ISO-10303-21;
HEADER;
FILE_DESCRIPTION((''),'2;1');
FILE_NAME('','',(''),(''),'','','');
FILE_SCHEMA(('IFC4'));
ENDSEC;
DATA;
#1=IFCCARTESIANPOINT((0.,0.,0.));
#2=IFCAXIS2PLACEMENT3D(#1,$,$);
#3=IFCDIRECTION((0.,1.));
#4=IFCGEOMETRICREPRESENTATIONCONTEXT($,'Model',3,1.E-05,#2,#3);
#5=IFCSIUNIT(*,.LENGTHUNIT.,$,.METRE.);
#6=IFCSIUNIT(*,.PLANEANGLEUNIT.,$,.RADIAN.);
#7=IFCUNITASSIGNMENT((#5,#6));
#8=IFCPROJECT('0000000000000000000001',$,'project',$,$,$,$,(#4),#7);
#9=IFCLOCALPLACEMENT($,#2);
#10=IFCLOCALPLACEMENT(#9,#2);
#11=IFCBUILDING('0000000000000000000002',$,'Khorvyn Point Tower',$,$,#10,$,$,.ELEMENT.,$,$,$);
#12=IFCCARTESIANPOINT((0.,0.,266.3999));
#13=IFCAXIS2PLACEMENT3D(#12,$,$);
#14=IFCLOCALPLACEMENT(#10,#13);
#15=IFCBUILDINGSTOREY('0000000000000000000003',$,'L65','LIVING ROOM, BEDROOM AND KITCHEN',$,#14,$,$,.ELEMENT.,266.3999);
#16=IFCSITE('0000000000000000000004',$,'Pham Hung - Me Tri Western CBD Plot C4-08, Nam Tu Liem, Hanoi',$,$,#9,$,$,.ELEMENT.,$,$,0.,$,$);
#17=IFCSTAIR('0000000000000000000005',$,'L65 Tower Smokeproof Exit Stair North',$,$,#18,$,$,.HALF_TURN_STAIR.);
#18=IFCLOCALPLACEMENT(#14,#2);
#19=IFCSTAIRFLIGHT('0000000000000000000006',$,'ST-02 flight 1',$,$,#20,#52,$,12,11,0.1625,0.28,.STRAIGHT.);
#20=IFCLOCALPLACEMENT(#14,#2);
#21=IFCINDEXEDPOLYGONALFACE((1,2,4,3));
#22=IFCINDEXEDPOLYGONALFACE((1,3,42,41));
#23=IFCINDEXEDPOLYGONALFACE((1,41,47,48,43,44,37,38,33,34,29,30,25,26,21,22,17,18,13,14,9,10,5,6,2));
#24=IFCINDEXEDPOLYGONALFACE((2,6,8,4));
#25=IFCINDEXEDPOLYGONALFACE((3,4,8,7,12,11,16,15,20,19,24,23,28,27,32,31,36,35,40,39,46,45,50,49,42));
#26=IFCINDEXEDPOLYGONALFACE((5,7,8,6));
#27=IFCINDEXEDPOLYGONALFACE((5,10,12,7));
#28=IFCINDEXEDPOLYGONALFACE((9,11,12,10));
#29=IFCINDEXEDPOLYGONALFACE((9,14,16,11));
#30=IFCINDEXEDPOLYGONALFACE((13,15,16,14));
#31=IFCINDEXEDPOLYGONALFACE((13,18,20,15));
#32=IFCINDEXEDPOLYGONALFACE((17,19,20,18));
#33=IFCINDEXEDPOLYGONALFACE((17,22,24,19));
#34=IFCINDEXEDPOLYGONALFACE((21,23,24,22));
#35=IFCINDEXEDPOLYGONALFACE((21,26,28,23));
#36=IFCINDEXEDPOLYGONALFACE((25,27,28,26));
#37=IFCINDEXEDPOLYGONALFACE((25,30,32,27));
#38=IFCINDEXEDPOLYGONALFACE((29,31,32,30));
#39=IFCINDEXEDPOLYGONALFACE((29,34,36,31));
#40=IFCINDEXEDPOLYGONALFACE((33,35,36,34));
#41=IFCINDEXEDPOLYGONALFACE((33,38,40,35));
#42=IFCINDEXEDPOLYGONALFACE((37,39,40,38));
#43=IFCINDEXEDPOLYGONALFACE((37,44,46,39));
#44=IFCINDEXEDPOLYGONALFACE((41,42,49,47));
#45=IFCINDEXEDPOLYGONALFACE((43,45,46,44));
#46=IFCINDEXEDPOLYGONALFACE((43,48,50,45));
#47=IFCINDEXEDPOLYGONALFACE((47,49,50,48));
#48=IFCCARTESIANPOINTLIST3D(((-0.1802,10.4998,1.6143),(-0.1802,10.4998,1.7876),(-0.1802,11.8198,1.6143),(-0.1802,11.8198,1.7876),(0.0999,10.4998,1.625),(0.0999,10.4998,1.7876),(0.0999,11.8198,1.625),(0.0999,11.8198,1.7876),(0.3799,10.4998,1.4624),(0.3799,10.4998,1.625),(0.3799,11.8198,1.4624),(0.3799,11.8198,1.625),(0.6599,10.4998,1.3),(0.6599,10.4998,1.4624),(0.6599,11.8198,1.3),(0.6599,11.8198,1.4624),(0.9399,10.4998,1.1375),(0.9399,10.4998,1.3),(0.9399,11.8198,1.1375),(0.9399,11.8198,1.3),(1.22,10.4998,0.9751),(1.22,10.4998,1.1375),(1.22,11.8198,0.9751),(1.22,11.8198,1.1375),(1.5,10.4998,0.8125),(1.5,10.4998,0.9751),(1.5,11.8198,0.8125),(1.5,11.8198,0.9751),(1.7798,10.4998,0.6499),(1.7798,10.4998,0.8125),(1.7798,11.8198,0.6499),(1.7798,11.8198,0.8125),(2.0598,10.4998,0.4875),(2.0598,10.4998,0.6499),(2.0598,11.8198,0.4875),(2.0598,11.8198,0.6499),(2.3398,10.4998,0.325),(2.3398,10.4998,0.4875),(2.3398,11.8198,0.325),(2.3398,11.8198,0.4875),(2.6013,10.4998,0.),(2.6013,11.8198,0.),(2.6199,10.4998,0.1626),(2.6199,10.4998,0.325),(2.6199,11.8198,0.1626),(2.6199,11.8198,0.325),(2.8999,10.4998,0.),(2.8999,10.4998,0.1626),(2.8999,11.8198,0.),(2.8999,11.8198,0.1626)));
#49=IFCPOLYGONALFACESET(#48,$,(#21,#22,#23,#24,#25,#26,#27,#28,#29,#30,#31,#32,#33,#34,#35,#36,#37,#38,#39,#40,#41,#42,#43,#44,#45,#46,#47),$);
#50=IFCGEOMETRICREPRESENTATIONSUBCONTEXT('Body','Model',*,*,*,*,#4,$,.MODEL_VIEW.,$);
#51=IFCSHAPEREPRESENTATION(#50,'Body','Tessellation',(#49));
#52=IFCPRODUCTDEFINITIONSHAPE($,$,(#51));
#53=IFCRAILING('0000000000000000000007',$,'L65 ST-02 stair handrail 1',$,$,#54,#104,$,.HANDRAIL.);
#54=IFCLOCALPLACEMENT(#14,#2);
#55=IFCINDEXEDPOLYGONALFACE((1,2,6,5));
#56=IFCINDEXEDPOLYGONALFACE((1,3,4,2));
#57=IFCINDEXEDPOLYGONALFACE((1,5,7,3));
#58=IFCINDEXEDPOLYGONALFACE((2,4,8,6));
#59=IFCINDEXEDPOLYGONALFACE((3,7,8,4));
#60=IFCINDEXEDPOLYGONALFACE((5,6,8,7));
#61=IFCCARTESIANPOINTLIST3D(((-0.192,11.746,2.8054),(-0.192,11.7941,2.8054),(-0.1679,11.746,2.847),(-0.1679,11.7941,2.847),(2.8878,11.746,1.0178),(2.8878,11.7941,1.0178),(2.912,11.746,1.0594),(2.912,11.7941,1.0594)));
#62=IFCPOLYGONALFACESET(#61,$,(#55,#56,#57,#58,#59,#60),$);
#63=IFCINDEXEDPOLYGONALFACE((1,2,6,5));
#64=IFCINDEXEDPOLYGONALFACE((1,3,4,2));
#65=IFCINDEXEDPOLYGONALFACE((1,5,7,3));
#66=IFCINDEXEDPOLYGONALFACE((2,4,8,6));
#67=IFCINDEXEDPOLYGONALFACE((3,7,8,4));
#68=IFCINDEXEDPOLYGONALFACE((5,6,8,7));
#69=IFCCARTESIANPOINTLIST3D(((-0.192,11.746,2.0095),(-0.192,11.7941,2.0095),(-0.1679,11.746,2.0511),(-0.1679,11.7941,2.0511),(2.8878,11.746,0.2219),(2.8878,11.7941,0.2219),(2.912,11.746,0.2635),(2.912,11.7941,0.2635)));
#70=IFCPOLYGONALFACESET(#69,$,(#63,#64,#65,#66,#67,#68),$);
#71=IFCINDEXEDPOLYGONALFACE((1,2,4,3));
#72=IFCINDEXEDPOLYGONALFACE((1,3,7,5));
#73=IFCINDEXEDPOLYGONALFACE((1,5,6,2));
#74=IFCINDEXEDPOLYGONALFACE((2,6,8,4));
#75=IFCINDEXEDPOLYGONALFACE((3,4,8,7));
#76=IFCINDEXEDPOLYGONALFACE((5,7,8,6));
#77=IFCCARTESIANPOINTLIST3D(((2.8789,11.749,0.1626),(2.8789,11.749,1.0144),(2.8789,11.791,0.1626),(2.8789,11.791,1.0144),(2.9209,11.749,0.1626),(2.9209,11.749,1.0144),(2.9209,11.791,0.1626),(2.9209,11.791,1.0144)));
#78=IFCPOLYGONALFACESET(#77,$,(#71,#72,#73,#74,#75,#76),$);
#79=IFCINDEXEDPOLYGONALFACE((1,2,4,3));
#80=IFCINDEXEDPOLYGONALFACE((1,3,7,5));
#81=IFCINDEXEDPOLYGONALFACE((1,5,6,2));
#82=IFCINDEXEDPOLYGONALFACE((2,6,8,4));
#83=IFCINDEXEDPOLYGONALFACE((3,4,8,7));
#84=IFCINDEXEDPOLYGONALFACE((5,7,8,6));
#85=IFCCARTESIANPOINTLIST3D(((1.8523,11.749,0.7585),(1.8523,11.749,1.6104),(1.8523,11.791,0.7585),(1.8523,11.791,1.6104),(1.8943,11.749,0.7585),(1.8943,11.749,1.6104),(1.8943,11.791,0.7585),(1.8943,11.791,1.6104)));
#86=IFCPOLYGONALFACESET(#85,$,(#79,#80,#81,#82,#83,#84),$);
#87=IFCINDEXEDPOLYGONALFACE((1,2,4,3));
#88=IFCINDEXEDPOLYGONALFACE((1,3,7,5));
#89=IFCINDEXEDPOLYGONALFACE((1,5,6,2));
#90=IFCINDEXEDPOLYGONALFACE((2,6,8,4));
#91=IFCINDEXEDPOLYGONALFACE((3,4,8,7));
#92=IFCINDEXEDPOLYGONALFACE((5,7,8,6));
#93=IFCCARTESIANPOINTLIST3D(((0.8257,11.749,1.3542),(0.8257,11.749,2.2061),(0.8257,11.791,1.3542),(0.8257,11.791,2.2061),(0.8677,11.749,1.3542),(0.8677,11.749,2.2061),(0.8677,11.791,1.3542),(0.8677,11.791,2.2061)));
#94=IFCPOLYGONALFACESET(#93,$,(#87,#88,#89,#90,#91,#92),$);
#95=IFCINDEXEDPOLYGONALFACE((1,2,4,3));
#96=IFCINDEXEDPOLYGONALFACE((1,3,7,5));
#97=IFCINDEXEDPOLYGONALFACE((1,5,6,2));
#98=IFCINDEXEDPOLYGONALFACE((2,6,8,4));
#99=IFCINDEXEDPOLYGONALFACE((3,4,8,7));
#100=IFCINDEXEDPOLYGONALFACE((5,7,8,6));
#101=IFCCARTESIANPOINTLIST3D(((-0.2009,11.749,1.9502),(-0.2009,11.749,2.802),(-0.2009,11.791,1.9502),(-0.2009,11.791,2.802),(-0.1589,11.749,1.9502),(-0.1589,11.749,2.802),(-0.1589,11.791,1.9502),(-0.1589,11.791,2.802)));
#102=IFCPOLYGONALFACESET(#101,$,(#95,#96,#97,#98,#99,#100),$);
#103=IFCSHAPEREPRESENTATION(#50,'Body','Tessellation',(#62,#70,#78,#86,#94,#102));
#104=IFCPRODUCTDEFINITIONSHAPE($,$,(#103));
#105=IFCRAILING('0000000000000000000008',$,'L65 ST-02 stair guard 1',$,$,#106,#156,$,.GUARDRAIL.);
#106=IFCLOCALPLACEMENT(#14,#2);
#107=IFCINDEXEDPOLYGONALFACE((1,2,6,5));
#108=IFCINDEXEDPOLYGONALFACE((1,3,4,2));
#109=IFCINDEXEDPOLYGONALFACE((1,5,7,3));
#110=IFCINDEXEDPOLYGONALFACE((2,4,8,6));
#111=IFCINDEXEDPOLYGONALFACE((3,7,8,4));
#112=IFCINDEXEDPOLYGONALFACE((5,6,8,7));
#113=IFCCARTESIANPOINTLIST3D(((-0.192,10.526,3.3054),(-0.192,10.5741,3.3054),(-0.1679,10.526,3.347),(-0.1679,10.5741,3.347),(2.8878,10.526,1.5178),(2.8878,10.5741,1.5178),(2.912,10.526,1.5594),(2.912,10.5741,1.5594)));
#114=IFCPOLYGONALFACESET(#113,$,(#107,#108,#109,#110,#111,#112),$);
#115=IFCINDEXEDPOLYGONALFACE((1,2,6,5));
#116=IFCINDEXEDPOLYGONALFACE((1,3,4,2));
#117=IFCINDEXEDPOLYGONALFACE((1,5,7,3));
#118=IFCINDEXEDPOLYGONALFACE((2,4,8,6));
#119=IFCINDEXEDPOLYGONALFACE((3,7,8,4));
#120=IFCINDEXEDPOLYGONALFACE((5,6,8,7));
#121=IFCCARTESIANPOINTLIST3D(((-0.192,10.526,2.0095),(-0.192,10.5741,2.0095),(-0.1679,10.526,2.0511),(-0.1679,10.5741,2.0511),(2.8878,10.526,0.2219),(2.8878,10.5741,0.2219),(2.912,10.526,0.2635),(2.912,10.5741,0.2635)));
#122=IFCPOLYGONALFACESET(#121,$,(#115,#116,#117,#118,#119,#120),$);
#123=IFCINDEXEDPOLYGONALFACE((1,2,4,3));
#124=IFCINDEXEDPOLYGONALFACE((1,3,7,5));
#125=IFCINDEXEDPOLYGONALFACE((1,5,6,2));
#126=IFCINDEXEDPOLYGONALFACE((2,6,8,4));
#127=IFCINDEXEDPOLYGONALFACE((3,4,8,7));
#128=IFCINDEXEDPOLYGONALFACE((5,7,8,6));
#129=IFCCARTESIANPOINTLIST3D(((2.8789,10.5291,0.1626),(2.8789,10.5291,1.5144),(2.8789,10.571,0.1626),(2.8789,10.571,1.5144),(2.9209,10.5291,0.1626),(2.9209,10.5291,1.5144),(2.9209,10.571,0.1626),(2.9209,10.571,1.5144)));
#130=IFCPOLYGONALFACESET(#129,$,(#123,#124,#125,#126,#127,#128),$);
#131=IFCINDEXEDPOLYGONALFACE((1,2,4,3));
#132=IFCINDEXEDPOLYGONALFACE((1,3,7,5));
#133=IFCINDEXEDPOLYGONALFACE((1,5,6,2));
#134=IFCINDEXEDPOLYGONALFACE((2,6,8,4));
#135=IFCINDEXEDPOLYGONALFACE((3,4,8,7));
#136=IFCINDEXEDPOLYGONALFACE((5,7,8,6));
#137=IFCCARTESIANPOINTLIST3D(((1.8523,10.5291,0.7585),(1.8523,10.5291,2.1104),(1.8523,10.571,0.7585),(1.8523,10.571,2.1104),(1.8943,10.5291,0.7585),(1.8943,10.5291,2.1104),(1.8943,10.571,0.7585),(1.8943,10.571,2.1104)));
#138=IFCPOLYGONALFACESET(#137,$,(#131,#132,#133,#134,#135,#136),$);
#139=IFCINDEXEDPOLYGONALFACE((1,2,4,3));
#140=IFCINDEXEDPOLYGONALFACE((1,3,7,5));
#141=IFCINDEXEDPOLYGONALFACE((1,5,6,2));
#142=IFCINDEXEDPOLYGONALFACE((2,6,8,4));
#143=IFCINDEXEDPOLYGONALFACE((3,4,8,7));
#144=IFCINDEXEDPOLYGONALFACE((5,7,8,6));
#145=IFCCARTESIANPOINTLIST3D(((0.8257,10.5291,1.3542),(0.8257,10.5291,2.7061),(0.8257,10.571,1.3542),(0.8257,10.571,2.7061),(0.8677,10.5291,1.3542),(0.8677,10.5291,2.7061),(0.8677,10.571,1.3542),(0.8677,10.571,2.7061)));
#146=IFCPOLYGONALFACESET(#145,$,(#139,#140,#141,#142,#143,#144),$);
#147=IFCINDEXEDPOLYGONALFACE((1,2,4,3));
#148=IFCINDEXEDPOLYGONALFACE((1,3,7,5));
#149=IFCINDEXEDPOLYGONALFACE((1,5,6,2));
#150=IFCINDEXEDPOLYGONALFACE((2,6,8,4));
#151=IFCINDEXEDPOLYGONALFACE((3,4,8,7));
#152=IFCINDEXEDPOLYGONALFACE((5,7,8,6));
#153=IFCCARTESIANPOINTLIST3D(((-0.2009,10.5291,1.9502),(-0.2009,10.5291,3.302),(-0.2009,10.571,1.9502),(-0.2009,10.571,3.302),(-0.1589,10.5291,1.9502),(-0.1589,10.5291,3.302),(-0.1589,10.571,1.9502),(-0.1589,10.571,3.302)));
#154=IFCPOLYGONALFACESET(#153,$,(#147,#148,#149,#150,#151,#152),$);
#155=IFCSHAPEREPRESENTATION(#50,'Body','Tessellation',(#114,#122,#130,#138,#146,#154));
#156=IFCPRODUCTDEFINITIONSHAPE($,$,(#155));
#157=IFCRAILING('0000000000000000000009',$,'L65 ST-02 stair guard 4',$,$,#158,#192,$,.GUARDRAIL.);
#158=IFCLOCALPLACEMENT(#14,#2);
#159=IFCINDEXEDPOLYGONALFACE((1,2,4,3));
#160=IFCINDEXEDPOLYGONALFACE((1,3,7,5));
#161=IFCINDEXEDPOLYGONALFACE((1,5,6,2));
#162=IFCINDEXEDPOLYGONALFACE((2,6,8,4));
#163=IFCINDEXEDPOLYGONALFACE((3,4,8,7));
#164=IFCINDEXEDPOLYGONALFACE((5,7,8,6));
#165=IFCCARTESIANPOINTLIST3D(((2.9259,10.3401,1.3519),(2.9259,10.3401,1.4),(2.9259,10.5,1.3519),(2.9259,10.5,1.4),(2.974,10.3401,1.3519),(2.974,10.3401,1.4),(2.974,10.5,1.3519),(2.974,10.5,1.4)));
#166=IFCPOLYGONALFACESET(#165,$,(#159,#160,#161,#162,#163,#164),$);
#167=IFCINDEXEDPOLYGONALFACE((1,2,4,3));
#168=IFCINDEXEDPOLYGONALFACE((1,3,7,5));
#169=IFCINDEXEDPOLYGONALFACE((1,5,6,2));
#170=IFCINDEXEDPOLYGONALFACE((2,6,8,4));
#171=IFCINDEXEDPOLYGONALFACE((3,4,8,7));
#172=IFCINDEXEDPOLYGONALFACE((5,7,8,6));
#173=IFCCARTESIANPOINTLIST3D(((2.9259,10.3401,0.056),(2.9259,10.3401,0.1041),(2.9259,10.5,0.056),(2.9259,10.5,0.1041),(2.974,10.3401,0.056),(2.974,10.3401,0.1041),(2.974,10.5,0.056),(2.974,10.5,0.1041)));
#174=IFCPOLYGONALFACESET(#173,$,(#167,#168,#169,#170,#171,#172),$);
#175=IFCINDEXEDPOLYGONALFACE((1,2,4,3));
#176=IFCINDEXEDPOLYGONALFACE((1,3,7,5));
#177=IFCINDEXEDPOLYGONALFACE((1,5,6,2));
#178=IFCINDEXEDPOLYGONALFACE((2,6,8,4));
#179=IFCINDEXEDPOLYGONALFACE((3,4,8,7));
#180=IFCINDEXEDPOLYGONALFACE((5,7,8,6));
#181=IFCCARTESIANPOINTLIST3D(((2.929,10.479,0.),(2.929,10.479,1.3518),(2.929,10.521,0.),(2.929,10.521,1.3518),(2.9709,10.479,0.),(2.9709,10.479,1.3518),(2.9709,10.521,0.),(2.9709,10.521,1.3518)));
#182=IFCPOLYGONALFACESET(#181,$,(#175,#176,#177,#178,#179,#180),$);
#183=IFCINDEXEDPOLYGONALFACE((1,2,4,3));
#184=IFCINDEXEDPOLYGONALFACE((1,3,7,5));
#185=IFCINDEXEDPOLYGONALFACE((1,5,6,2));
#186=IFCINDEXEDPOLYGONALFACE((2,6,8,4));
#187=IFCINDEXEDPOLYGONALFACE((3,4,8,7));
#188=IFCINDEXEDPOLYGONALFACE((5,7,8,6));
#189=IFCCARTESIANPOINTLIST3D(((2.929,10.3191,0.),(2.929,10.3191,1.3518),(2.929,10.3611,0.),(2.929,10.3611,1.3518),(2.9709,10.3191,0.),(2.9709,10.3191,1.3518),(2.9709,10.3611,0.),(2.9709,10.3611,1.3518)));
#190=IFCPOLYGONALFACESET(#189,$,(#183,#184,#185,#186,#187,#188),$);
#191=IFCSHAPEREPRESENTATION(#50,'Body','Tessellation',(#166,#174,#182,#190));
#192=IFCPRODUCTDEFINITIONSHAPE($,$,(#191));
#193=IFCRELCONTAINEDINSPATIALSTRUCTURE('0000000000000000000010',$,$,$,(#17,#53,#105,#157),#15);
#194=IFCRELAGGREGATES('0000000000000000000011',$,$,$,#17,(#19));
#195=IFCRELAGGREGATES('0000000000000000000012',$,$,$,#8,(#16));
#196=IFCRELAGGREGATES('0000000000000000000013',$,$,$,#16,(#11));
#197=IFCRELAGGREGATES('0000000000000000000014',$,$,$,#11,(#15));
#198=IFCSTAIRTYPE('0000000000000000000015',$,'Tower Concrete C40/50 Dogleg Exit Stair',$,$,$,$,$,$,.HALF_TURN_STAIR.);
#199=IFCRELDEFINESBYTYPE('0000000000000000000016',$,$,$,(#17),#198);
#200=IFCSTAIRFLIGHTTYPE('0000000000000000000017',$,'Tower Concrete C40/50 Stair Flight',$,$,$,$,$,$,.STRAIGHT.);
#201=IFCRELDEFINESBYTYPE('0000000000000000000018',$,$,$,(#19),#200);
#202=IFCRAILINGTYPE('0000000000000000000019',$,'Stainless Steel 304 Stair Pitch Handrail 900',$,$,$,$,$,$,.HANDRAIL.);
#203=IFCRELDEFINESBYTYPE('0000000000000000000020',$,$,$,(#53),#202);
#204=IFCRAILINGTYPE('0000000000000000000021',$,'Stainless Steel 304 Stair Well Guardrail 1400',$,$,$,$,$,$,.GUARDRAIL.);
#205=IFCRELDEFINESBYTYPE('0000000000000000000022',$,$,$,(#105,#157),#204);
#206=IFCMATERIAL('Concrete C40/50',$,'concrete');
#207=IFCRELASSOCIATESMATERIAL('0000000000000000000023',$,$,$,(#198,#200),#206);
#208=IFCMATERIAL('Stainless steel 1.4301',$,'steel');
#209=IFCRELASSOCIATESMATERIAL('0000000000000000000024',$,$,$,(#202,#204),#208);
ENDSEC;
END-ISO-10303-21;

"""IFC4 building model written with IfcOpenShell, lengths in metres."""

from ifc_helpers import new_model, si_unit, direction, frame, origin, origin_2d, place, context, subcontext, project, spatial, polyline, rectangle, outline, extrude, material, type_object, element, aggregate, save


model = new_model("IFC4")

# Units and contexts
model_context = context("Model", 3, precision=1e-05, world=origin(), true_north=direction((0.0, 1.0)))
body_context = subcontext(model_context, "Body", "Model", "MODEL_VIEW")
ifc_project = project(units=[si_unit("LENGTHUNIT", "METRE"), si_unit("PLANEANGLEUNIT", "RADIAN")], contexts=[model_context])

# Site, building, storey
site_placement = place(None, origin())
site = spatial("IfcSite", under=ifc_project, at=site_placement, Name="Pham Hung - Me Tri Western CBD Plot C4-08, Nam Tu Liem, Hanoi", CompositionType="ELEMENT", RefElevation=0.0)
building_placement = place(site_placement, origin())
building = spatial("IfcBuilding", under=site, at=building_placement, Name="Khorvyn Point Tower", CompositionType="ELEMENT")
storey_placement = place(building_placement, frame((0.0, 0.0, 266.3999)))
storey = spatial("IfcBuildingStorey", under=building, at=storey_placement, Name="L65", Description="LIVING ROOM, BEDROOM AND KITCHEN", CompositionType="ELEMENT", Elevation=266.3999)

# Shared definitions
ifc_material_1 = material(Name="Concrete C40/50", Category="concrete")

# Shared definitions
ifc_material_2 = material(Name="Stainless steel 1.4301", Category="steel")

# Stair, stair flight
stair_type = type_object("IfcStairType", Name="Tower Concrete C40/50 Dogleg Exit Stair", PredefinedType="HALF_TURN_STAIR", material=ifc_material_1)
stair_placement = place(storey_placement, origin())
stair = element("IfcStair", 1, at=stair_placement, inside=storey, type_object=stair_type, Name="L65 Tower Smokeproof Exit Stair North", PredefinedType="HALF_TURN_STAIR")
stair_flight_type = type_object("IfcStairFlightType", Name="Tower Concrete C40/50 Stair Flight", PredefinedType="STRAIGHT", material=ifc_material_1)
stair_flight_placement = place(storey_placement, frame((2.8999, 11.1599, 0.0), z_axis=(0.0, 0.0, 1.0), x_axis=(-1.0, 0.0, 0.0)))
stair_flight = element("IfcStairFlight", 2, at=stair_flight_placement, type_object=stair_flight_type, Name="ST-02 flight 1", NumberOfRisers=12, NumberOfTreads=11, PredefinedType="STRAIGHT", RiserHeight=0.1625, TreadLength=0.28, context=body_context, shape_type="SweptSolid", body=[
    extrude(outline(polyline([(0.0, 0.0), (0.0, 0.1626), (0.28, 0.1626), (0.28, 0.325), (0.5601, 0.325), (0.5601, 0.4875), (0.8401, 0.4875), (0.8401, 0.6499), (1.1201, 0.6499), (1.1201, 0.8125), (1.3999, 0.8125), (1.3999, 0.9751), (1.6799, 0.9751), (1.6799, 1.1375), (1.96, 1.1375), (1.96, 1.3), (2.24, 1.3), (2.24, 1.4624), (2.52, 1.4624), (2.52, 1.625), (2.8, 1.625), (2.8, 1.7876), (3.0801, 1.7876), (3.0801, 1.95), (3.0801, 1.6143), (0.2986, 0.0), (0.0, 0.0)])), frame((0.0, 0.6602, 0.0), z_axis=(0.0, -1.0, 0.0), x_axis=(1.0, 0.0, 0.0)), (0.0, 0.0, 1.0), 1.3201),
])
aggregate(stair, [stair_flight])

# Railings
railing_type_1 = type_object("IfcRailingType", Name="Stainless Steel 304 Stair Pitch Handrail 900", PredefinedType="HANDRAIL", material=ifc_material_2)
railing_1_placement = place(storey_placement, frame((2.8999, 11.77, 0.1626)))
element("IfcRailing", 3, at=railing_1_placement, inside=storey, type_object=railing_type_1, Name="L65 ST-02 stair handrail 1", PredefinedType="HANDRAIL", context=body_context, shape_type="SweptSolid", body=[
    extrude(rectangle(XDim=0.0481, YDim=0.0481, at=origin_2d()), frame((0.0, 0.0, 0.876), z_axis=(-0.864873, 0.0, 0.50199), x_axis=(0.0, -1.0, 0.0)), (0.0, 0.0, 1.0), 3.561),
    extrude(rectangle(XDim=0.0481, YDim=0.0481, at=origin_2d()), frame((0.0, 0.0, 0.0801), z_axis=(-0.864873, 0.0, 0.50199), x_axis=(0.0, -1.0, 0.0)), (0.0, 0.0, 1.0), 3.561),
    extrude(rectangle(XDim=0.042, YDim=0.042, at=origin_2d()), origin(), (0.0, 0.0, 1.0), 0.8518),
    extrude(rectangle(XDim=0.042, YDim=0.042, at=origin_2d()), frame((-1.0266, 0.0, 0.5959)), (0.0, 0.0, 1.0), 0.8518),
    extrude(rectangle(XDim=0.042, YDim=0.042, at=origin_2d()), frame((-2.0532, 0.0, 1.1917)), (0.0, 0.0, 1.0), 0.8518),
    extrude(rectangle(XDim=0.042, YDim=0.042, at=origin_2d()), frame((-3.0798, 0.0, 1.7876)), (0.0, 0.0, 1.0), 0.8518),
])
railing_type_2 = type_object("IfcRailingType", Name="Stainless Steel 304 Stair Well Guardrail 1400", PredefinedType="GUARDRAIL", material=ifc_material_2)
railing_2_placement = place(storey_placement, frame((2.8999, 10.55, 0.1626)))
element("IfcRailing", 4, at=railing_2_placement, inside=storey, type_object=railing_type_2, Name="L65 ST-02 stair guard 1", PredefinedType="GUARDRAIL", context=body_context, shape_type="SweptSolid", body=[
    extrude(rectangle(XDim=0.0481, YDim=0.0481, at=origin_2d()), frame((0.0, 0.0, 1.376), z_axis=(-0.864873, 0.0, 0.50199), x_axis=(0.0, -1.0, 0.0)), (0.0, 0.0, 1.0), 3.561),
    extrude(rectangle(XDim=0.0481, YDim=0.0481, at=origin_2d()), frame((0.0, 0.0, 0.0801), z_axis=(-0.864873, 0.0, 0.50199), x_axis=(0.0, -1.0, 0.0)), (0.0, 0.0, 1.0), 3.561),
    extrude(rectangle(XDim=0.042, YDim=0.042, at=origin_2d()), origin(), (0.0, 0.0, 1.0), 1.3518),
    extrude(rectangle(XDim=0.042, YDim=0.042, at=origin_2d()), frame((-1.0266, 0.0, 0.5959)), (0.0, 0.0, 1.0), 1.3518),
    extrude(rectangle(XDim=0.042, YDim=0.042, at=origin_2d()), frame((-2.0532, 0.0, 1.1917)), (0.0, 0.0, 1.0), 1.3518),
    extrude(rectangle(XDim=0.042, YDim=0.042, at=origin_2d()), frame((-3.0798, 0.0, 1.7876)), (0.0, 0.0, 1.0), 1.3518),
])
railing_3_placement = place(storey_placement, frame((2.95, 10.5, 0.0)))
element("IfcRailing", 5, at=railing_3_placement, inside=storey, type_object=railing_type_2, Name="L65 ST-02 stair guard 4", PredefinedType="GUARDRAIL", context=body_context, shape_type="SweptSolid", body=[
    extrude(rectangle(XDim=0.0481, YDim=0.0481, at=origin_2d()), frame((0.0, 0.0, 1.376), z_axis=(0.0, -1.0, 0.0), x_axis=(1.0, 0.0, 0.0)), (0.0, 0.0, 1.0), 0.1599),
    extrude(rectangle(XDim=0.0481, YDim=0.0481, at=origin_2d()), frame((0.0, 0.0, 0.0801), z_axis=(0.0, -1.0, 0.0), x_axis=(1.0, 0.0, 0.0)), (0.0, 0.0, 1.0), 0.1599),
    extrude(rectangle(XDim=0.042, YDim=0.042, at=origin_2d()), origin(), (0.0, 0.0, 1.0), 1.3518),
    extrude(rectangle(XDim=0.042, YDim=0.042, at=origin_2d()), frame((0.0, -0.1599, 0.0)), (0.0, 0.0, 1.0), 1.3518),
])

save(model, "model.ifc")
